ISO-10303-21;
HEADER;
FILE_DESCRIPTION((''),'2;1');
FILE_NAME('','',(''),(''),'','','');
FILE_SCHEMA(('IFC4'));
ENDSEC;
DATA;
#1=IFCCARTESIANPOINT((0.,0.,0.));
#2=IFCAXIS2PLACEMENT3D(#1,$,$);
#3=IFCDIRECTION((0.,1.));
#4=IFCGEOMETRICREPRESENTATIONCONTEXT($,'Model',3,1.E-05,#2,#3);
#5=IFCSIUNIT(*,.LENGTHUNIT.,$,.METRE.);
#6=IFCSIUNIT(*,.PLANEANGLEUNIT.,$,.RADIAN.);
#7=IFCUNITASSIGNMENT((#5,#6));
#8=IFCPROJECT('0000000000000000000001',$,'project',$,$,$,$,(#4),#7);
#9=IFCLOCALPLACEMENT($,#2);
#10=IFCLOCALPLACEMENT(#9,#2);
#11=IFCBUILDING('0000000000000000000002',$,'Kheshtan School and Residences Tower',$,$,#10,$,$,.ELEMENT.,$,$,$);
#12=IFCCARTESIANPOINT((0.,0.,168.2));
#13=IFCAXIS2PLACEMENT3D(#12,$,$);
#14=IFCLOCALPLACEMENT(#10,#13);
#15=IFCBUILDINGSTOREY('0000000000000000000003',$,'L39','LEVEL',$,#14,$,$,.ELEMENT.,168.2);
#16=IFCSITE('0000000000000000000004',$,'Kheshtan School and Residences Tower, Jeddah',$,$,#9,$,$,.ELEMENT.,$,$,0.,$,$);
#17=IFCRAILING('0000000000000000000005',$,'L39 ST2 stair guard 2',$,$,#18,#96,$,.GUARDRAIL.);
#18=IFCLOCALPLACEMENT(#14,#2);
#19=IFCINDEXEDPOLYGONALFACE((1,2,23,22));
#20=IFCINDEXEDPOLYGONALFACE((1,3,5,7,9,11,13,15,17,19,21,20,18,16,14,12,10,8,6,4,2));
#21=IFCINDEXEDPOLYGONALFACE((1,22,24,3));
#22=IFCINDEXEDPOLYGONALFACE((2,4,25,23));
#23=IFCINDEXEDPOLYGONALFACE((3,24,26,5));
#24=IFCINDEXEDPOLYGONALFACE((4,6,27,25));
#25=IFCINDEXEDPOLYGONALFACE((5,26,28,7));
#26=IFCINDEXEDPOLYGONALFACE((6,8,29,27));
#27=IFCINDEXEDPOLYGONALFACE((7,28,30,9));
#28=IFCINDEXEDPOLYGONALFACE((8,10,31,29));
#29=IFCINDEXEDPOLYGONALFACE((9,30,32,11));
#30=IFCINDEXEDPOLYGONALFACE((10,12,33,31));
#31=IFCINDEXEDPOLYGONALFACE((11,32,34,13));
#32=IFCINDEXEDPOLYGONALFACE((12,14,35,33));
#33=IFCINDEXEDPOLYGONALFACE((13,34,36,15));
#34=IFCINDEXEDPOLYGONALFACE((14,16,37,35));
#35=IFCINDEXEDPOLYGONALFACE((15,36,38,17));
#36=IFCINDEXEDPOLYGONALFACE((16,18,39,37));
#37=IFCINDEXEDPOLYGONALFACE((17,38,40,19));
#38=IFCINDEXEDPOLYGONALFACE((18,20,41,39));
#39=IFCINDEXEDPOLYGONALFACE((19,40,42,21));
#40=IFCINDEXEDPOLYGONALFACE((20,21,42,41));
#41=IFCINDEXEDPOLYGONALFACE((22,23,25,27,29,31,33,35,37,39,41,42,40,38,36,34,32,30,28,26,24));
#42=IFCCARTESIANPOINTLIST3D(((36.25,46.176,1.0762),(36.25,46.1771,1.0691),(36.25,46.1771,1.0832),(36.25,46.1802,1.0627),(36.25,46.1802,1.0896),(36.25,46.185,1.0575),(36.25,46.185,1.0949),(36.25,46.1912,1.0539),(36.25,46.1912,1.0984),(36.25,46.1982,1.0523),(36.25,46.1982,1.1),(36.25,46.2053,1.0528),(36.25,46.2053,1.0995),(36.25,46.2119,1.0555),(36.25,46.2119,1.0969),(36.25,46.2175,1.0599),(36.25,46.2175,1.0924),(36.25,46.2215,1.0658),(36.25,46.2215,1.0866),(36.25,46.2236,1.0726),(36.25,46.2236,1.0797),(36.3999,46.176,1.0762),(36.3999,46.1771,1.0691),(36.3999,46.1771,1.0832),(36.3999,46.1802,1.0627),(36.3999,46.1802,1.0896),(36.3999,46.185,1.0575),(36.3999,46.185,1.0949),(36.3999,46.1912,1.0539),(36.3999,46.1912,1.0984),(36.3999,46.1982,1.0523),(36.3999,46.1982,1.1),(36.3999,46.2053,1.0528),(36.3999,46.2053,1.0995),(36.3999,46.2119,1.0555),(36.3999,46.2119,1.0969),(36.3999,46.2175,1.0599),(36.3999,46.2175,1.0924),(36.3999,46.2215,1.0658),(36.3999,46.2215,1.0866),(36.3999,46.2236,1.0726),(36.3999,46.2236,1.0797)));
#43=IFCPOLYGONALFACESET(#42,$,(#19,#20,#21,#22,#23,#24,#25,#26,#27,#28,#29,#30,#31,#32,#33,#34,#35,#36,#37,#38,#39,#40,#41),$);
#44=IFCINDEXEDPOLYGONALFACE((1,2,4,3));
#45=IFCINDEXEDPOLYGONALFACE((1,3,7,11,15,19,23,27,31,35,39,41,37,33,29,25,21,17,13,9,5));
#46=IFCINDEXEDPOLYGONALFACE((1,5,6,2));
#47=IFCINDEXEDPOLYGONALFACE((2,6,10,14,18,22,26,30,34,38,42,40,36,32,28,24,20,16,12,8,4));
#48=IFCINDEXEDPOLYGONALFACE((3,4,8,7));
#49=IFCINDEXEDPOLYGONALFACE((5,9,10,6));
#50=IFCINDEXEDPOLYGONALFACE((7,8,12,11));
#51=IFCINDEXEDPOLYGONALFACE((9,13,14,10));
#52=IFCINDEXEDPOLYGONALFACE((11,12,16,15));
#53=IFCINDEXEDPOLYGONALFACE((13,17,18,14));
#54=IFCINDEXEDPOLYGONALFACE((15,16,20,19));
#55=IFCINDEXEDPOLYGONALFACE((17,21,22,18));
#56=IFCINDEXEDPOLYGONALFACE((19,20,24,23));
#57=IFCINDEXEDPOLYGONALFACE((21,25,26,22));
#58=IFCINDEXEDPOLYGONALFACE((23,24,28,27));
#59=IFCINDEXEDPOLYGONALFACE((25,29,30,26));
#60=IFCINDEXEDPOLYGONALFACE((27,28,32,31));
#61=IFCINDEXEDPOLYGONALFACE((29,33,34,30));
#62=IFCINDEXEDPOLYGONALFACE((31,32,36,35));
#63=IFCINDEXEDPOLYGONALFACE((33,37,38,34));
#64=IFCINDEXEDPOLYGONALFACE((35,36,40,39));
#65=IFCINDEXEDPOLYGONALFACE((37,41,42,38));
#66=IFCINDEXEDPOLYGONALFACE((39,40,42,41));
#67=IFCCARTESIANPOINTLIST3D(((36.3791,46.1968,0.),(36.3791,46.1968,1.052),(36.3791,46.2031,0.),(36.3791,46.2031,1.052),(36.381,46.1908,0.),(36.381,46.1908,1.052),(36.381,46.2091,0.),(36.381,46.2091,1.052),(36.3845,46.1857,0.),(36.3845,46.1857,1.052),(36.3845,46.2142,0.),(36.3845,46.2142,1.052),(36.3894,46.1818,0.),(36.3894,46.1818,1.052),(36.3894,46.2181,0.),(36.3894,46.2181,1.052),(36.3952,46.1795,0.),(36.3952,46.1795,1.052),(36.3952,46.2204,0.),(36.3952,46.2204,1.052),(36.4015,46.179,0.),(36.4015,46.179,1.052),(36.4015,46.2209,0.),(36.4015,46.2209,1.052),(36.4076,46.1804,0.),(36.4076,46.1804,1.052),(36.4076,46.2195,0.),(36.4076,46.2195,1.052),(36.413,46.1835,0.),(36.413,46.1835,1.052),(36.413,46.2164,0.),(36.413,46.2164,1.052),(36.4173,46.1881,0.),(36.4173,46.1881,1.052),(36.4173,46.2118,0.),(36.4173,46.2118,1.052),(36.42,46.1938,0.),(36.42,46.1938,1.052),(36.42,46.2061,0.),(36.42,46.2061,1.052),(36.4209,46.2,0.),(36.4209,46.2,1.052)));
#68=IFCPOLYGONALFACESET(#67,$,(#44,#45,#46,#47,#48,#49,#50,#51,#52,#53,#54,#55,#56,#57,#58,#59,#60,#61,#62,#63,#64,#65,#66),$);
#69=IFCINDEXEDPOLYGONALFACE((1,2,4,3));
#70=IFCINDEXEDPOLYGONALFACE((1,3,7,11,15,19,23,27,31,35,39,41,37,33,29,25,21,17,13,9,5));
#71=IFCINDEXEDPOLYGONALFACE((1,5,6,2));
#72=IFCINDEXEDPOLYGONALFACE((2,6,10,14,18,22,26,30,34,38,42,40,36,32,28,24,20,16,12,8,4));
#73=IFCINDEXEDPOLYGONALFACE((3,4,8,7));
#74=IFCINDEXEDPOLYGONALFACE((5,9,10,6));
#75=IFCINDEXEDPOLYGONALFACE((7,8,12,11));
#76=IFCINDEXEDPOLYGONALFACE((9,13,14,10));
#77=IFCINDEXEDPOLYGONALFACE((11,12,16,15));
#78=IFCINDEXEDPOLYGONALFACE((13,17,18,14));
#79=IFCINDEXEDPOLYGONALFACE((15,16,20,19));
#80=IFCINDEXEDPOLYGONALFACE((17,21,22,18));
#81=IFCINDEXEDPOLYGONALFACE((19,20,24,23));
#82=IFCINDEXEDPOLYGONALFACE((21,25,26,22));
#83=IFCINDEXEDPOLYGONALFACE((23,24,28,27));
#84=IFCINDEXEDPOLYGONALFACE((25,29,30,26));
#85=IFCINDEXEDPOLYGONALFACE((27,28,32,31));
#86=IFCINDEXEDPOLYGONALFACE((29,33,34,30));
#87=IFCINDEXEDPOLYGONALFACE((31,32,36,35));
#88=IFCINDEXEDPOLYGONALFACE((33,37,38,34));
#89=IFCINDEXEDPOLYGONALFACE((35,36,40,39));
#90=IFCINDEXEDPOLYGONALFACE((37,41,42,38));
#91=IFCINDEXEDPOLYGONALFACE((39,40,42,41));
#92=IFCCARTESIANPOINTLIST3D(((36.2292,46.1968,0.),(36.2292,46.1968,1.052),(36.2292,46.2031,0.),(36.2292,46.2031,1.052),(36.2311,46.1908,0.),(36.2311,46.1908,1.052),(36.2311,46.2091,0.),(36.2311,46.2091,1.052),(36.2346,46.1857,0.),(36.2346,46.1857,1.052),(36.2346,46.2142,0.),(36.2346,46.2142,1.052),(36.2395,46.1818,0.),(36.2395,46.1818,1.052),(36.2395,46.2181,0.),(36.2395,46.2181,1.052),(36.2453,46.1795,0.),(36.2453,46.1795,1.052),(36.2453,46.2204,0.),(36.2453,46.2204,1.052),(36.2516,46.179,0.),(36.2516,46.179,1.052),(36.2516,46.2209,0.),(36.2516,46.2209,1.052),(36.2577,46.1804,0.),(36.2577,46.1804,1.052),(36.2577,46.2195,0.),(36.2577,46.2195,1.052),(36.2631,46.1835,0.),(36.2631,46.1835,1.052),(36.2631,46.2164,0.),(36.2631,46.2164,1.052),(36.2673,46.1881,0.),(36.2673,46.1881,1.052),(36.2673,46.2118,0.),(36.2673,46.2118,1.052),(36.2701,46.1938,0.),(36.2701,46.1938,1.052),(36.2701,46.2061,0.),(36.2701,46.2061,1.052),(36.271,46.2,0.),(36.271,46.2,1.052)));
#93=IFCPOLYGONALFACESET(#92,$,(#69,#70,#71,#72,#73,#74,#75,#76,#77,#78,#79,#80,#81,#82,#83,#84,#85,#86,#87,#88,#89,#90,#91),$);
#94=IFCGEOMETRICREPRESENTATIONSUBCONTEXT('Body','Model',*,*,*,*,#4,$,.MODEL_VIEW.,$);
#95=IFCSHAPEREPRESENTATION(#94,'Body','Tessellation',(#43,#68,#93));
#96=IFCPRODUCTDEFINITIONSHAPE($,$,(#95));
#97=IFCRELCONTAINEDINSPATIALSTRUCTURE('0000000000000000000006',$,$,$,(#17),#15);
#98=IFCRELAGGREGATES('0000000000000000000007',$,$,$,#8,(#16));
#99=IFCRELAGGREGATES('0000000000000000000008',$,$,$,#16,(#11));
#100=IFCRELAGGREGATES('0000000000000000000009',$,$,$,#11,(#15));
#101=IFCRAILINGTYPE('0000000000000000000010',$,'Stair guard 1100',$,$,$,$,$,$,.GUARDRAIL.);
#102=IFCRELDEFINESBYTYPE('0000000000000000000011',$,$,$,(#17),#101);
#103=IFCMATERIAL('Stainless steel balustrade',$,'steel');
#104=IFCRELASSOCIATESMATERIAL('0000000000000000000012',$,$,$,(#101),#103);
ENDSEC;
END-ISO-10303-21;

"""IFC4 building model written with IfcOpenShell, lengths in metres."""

from ifc_helpers import new_model, si_unit, direction, frame, origin, origin_2d, place, context, subcontext, project, spatial, circle, extrude, material, type_object, element, save


model = new_model("IFC4")

# Units and contexts
model_context = context("Model", 3, precision=1e-05, world=origin(), true_north=direction((0.0, 1.0)))
body_context = subcontext(model_context, "Body", "Model", "MODEL_VIEW")
ifc_project = project(units=[si_unit("LENGTHUNIT", "METRE"), si_unit("PLANEANGLEUNIT", "RADIAN")], contexts=[model_context])

# Site, building, storey
site_placement = place(None, origin())
site = spatial("IfcSite", under=ifc_project, at=site_placement, Name="Kheshtan School and Residences Tower, Jeddah", CompositionType="ELEMENT", RefElevation=0.0)
building_placement = place(site_placement, origin())
building = spatial("IfcBuilding", under=site, at=building_placement, Name="Kheshtan School and Residences Tower", CompositionType="ELEMENT")
storey_placement = place(building_placement, frame((0.0, 0.0, 168.2)))
storey = spatial("IfcBuildingStorey", under=building, at=storey_placement, Name="L39", Description="LEVEL", CompositionType="ELEMENT", Elevation=168.2)

# Railing
ifc_material_1 = material(Name="Stainless steel balustrade", Category="steel")
railing_type_1 = type_object("IfcRailingType", Name="Stair guard 1100", PredefinedType="GUARDRAIL", material=ifc_material_1)
railing_1_placement = place(storey_placement, frame((36.3999, 46.2, 0.0)))
element("IfcRailing", 1, at=railing_1_placement, inside=storey, type_object=railing_type_1, Name="L39 ST2 stair guard 2", PredefinedType="GUARDRAIL", context=body_context, shape_type="SweptSolid", body=[
    extrude(circle(Radius=0.0239, at=origin_2d()), frame((0.0, 0.0, 1.0762), z_axis=(-1.0, 0.0, 0.0), x_axis=(0.0, -1.0, 0.0)), (0.0, 0.0, 1.0), 0.1499),
    extrude(circle(Radius=0.021, at=origin_2d()), origin(), (0.0, 0.0, 1.0), 1.052),
    extrude(circle(Radius=0.021, at=origin_2d()), frame((-0.1499, 0.0, 0.0)), (0.0, 0.0, 1.0), 1.052),
])

save(model, "model.ifc")
